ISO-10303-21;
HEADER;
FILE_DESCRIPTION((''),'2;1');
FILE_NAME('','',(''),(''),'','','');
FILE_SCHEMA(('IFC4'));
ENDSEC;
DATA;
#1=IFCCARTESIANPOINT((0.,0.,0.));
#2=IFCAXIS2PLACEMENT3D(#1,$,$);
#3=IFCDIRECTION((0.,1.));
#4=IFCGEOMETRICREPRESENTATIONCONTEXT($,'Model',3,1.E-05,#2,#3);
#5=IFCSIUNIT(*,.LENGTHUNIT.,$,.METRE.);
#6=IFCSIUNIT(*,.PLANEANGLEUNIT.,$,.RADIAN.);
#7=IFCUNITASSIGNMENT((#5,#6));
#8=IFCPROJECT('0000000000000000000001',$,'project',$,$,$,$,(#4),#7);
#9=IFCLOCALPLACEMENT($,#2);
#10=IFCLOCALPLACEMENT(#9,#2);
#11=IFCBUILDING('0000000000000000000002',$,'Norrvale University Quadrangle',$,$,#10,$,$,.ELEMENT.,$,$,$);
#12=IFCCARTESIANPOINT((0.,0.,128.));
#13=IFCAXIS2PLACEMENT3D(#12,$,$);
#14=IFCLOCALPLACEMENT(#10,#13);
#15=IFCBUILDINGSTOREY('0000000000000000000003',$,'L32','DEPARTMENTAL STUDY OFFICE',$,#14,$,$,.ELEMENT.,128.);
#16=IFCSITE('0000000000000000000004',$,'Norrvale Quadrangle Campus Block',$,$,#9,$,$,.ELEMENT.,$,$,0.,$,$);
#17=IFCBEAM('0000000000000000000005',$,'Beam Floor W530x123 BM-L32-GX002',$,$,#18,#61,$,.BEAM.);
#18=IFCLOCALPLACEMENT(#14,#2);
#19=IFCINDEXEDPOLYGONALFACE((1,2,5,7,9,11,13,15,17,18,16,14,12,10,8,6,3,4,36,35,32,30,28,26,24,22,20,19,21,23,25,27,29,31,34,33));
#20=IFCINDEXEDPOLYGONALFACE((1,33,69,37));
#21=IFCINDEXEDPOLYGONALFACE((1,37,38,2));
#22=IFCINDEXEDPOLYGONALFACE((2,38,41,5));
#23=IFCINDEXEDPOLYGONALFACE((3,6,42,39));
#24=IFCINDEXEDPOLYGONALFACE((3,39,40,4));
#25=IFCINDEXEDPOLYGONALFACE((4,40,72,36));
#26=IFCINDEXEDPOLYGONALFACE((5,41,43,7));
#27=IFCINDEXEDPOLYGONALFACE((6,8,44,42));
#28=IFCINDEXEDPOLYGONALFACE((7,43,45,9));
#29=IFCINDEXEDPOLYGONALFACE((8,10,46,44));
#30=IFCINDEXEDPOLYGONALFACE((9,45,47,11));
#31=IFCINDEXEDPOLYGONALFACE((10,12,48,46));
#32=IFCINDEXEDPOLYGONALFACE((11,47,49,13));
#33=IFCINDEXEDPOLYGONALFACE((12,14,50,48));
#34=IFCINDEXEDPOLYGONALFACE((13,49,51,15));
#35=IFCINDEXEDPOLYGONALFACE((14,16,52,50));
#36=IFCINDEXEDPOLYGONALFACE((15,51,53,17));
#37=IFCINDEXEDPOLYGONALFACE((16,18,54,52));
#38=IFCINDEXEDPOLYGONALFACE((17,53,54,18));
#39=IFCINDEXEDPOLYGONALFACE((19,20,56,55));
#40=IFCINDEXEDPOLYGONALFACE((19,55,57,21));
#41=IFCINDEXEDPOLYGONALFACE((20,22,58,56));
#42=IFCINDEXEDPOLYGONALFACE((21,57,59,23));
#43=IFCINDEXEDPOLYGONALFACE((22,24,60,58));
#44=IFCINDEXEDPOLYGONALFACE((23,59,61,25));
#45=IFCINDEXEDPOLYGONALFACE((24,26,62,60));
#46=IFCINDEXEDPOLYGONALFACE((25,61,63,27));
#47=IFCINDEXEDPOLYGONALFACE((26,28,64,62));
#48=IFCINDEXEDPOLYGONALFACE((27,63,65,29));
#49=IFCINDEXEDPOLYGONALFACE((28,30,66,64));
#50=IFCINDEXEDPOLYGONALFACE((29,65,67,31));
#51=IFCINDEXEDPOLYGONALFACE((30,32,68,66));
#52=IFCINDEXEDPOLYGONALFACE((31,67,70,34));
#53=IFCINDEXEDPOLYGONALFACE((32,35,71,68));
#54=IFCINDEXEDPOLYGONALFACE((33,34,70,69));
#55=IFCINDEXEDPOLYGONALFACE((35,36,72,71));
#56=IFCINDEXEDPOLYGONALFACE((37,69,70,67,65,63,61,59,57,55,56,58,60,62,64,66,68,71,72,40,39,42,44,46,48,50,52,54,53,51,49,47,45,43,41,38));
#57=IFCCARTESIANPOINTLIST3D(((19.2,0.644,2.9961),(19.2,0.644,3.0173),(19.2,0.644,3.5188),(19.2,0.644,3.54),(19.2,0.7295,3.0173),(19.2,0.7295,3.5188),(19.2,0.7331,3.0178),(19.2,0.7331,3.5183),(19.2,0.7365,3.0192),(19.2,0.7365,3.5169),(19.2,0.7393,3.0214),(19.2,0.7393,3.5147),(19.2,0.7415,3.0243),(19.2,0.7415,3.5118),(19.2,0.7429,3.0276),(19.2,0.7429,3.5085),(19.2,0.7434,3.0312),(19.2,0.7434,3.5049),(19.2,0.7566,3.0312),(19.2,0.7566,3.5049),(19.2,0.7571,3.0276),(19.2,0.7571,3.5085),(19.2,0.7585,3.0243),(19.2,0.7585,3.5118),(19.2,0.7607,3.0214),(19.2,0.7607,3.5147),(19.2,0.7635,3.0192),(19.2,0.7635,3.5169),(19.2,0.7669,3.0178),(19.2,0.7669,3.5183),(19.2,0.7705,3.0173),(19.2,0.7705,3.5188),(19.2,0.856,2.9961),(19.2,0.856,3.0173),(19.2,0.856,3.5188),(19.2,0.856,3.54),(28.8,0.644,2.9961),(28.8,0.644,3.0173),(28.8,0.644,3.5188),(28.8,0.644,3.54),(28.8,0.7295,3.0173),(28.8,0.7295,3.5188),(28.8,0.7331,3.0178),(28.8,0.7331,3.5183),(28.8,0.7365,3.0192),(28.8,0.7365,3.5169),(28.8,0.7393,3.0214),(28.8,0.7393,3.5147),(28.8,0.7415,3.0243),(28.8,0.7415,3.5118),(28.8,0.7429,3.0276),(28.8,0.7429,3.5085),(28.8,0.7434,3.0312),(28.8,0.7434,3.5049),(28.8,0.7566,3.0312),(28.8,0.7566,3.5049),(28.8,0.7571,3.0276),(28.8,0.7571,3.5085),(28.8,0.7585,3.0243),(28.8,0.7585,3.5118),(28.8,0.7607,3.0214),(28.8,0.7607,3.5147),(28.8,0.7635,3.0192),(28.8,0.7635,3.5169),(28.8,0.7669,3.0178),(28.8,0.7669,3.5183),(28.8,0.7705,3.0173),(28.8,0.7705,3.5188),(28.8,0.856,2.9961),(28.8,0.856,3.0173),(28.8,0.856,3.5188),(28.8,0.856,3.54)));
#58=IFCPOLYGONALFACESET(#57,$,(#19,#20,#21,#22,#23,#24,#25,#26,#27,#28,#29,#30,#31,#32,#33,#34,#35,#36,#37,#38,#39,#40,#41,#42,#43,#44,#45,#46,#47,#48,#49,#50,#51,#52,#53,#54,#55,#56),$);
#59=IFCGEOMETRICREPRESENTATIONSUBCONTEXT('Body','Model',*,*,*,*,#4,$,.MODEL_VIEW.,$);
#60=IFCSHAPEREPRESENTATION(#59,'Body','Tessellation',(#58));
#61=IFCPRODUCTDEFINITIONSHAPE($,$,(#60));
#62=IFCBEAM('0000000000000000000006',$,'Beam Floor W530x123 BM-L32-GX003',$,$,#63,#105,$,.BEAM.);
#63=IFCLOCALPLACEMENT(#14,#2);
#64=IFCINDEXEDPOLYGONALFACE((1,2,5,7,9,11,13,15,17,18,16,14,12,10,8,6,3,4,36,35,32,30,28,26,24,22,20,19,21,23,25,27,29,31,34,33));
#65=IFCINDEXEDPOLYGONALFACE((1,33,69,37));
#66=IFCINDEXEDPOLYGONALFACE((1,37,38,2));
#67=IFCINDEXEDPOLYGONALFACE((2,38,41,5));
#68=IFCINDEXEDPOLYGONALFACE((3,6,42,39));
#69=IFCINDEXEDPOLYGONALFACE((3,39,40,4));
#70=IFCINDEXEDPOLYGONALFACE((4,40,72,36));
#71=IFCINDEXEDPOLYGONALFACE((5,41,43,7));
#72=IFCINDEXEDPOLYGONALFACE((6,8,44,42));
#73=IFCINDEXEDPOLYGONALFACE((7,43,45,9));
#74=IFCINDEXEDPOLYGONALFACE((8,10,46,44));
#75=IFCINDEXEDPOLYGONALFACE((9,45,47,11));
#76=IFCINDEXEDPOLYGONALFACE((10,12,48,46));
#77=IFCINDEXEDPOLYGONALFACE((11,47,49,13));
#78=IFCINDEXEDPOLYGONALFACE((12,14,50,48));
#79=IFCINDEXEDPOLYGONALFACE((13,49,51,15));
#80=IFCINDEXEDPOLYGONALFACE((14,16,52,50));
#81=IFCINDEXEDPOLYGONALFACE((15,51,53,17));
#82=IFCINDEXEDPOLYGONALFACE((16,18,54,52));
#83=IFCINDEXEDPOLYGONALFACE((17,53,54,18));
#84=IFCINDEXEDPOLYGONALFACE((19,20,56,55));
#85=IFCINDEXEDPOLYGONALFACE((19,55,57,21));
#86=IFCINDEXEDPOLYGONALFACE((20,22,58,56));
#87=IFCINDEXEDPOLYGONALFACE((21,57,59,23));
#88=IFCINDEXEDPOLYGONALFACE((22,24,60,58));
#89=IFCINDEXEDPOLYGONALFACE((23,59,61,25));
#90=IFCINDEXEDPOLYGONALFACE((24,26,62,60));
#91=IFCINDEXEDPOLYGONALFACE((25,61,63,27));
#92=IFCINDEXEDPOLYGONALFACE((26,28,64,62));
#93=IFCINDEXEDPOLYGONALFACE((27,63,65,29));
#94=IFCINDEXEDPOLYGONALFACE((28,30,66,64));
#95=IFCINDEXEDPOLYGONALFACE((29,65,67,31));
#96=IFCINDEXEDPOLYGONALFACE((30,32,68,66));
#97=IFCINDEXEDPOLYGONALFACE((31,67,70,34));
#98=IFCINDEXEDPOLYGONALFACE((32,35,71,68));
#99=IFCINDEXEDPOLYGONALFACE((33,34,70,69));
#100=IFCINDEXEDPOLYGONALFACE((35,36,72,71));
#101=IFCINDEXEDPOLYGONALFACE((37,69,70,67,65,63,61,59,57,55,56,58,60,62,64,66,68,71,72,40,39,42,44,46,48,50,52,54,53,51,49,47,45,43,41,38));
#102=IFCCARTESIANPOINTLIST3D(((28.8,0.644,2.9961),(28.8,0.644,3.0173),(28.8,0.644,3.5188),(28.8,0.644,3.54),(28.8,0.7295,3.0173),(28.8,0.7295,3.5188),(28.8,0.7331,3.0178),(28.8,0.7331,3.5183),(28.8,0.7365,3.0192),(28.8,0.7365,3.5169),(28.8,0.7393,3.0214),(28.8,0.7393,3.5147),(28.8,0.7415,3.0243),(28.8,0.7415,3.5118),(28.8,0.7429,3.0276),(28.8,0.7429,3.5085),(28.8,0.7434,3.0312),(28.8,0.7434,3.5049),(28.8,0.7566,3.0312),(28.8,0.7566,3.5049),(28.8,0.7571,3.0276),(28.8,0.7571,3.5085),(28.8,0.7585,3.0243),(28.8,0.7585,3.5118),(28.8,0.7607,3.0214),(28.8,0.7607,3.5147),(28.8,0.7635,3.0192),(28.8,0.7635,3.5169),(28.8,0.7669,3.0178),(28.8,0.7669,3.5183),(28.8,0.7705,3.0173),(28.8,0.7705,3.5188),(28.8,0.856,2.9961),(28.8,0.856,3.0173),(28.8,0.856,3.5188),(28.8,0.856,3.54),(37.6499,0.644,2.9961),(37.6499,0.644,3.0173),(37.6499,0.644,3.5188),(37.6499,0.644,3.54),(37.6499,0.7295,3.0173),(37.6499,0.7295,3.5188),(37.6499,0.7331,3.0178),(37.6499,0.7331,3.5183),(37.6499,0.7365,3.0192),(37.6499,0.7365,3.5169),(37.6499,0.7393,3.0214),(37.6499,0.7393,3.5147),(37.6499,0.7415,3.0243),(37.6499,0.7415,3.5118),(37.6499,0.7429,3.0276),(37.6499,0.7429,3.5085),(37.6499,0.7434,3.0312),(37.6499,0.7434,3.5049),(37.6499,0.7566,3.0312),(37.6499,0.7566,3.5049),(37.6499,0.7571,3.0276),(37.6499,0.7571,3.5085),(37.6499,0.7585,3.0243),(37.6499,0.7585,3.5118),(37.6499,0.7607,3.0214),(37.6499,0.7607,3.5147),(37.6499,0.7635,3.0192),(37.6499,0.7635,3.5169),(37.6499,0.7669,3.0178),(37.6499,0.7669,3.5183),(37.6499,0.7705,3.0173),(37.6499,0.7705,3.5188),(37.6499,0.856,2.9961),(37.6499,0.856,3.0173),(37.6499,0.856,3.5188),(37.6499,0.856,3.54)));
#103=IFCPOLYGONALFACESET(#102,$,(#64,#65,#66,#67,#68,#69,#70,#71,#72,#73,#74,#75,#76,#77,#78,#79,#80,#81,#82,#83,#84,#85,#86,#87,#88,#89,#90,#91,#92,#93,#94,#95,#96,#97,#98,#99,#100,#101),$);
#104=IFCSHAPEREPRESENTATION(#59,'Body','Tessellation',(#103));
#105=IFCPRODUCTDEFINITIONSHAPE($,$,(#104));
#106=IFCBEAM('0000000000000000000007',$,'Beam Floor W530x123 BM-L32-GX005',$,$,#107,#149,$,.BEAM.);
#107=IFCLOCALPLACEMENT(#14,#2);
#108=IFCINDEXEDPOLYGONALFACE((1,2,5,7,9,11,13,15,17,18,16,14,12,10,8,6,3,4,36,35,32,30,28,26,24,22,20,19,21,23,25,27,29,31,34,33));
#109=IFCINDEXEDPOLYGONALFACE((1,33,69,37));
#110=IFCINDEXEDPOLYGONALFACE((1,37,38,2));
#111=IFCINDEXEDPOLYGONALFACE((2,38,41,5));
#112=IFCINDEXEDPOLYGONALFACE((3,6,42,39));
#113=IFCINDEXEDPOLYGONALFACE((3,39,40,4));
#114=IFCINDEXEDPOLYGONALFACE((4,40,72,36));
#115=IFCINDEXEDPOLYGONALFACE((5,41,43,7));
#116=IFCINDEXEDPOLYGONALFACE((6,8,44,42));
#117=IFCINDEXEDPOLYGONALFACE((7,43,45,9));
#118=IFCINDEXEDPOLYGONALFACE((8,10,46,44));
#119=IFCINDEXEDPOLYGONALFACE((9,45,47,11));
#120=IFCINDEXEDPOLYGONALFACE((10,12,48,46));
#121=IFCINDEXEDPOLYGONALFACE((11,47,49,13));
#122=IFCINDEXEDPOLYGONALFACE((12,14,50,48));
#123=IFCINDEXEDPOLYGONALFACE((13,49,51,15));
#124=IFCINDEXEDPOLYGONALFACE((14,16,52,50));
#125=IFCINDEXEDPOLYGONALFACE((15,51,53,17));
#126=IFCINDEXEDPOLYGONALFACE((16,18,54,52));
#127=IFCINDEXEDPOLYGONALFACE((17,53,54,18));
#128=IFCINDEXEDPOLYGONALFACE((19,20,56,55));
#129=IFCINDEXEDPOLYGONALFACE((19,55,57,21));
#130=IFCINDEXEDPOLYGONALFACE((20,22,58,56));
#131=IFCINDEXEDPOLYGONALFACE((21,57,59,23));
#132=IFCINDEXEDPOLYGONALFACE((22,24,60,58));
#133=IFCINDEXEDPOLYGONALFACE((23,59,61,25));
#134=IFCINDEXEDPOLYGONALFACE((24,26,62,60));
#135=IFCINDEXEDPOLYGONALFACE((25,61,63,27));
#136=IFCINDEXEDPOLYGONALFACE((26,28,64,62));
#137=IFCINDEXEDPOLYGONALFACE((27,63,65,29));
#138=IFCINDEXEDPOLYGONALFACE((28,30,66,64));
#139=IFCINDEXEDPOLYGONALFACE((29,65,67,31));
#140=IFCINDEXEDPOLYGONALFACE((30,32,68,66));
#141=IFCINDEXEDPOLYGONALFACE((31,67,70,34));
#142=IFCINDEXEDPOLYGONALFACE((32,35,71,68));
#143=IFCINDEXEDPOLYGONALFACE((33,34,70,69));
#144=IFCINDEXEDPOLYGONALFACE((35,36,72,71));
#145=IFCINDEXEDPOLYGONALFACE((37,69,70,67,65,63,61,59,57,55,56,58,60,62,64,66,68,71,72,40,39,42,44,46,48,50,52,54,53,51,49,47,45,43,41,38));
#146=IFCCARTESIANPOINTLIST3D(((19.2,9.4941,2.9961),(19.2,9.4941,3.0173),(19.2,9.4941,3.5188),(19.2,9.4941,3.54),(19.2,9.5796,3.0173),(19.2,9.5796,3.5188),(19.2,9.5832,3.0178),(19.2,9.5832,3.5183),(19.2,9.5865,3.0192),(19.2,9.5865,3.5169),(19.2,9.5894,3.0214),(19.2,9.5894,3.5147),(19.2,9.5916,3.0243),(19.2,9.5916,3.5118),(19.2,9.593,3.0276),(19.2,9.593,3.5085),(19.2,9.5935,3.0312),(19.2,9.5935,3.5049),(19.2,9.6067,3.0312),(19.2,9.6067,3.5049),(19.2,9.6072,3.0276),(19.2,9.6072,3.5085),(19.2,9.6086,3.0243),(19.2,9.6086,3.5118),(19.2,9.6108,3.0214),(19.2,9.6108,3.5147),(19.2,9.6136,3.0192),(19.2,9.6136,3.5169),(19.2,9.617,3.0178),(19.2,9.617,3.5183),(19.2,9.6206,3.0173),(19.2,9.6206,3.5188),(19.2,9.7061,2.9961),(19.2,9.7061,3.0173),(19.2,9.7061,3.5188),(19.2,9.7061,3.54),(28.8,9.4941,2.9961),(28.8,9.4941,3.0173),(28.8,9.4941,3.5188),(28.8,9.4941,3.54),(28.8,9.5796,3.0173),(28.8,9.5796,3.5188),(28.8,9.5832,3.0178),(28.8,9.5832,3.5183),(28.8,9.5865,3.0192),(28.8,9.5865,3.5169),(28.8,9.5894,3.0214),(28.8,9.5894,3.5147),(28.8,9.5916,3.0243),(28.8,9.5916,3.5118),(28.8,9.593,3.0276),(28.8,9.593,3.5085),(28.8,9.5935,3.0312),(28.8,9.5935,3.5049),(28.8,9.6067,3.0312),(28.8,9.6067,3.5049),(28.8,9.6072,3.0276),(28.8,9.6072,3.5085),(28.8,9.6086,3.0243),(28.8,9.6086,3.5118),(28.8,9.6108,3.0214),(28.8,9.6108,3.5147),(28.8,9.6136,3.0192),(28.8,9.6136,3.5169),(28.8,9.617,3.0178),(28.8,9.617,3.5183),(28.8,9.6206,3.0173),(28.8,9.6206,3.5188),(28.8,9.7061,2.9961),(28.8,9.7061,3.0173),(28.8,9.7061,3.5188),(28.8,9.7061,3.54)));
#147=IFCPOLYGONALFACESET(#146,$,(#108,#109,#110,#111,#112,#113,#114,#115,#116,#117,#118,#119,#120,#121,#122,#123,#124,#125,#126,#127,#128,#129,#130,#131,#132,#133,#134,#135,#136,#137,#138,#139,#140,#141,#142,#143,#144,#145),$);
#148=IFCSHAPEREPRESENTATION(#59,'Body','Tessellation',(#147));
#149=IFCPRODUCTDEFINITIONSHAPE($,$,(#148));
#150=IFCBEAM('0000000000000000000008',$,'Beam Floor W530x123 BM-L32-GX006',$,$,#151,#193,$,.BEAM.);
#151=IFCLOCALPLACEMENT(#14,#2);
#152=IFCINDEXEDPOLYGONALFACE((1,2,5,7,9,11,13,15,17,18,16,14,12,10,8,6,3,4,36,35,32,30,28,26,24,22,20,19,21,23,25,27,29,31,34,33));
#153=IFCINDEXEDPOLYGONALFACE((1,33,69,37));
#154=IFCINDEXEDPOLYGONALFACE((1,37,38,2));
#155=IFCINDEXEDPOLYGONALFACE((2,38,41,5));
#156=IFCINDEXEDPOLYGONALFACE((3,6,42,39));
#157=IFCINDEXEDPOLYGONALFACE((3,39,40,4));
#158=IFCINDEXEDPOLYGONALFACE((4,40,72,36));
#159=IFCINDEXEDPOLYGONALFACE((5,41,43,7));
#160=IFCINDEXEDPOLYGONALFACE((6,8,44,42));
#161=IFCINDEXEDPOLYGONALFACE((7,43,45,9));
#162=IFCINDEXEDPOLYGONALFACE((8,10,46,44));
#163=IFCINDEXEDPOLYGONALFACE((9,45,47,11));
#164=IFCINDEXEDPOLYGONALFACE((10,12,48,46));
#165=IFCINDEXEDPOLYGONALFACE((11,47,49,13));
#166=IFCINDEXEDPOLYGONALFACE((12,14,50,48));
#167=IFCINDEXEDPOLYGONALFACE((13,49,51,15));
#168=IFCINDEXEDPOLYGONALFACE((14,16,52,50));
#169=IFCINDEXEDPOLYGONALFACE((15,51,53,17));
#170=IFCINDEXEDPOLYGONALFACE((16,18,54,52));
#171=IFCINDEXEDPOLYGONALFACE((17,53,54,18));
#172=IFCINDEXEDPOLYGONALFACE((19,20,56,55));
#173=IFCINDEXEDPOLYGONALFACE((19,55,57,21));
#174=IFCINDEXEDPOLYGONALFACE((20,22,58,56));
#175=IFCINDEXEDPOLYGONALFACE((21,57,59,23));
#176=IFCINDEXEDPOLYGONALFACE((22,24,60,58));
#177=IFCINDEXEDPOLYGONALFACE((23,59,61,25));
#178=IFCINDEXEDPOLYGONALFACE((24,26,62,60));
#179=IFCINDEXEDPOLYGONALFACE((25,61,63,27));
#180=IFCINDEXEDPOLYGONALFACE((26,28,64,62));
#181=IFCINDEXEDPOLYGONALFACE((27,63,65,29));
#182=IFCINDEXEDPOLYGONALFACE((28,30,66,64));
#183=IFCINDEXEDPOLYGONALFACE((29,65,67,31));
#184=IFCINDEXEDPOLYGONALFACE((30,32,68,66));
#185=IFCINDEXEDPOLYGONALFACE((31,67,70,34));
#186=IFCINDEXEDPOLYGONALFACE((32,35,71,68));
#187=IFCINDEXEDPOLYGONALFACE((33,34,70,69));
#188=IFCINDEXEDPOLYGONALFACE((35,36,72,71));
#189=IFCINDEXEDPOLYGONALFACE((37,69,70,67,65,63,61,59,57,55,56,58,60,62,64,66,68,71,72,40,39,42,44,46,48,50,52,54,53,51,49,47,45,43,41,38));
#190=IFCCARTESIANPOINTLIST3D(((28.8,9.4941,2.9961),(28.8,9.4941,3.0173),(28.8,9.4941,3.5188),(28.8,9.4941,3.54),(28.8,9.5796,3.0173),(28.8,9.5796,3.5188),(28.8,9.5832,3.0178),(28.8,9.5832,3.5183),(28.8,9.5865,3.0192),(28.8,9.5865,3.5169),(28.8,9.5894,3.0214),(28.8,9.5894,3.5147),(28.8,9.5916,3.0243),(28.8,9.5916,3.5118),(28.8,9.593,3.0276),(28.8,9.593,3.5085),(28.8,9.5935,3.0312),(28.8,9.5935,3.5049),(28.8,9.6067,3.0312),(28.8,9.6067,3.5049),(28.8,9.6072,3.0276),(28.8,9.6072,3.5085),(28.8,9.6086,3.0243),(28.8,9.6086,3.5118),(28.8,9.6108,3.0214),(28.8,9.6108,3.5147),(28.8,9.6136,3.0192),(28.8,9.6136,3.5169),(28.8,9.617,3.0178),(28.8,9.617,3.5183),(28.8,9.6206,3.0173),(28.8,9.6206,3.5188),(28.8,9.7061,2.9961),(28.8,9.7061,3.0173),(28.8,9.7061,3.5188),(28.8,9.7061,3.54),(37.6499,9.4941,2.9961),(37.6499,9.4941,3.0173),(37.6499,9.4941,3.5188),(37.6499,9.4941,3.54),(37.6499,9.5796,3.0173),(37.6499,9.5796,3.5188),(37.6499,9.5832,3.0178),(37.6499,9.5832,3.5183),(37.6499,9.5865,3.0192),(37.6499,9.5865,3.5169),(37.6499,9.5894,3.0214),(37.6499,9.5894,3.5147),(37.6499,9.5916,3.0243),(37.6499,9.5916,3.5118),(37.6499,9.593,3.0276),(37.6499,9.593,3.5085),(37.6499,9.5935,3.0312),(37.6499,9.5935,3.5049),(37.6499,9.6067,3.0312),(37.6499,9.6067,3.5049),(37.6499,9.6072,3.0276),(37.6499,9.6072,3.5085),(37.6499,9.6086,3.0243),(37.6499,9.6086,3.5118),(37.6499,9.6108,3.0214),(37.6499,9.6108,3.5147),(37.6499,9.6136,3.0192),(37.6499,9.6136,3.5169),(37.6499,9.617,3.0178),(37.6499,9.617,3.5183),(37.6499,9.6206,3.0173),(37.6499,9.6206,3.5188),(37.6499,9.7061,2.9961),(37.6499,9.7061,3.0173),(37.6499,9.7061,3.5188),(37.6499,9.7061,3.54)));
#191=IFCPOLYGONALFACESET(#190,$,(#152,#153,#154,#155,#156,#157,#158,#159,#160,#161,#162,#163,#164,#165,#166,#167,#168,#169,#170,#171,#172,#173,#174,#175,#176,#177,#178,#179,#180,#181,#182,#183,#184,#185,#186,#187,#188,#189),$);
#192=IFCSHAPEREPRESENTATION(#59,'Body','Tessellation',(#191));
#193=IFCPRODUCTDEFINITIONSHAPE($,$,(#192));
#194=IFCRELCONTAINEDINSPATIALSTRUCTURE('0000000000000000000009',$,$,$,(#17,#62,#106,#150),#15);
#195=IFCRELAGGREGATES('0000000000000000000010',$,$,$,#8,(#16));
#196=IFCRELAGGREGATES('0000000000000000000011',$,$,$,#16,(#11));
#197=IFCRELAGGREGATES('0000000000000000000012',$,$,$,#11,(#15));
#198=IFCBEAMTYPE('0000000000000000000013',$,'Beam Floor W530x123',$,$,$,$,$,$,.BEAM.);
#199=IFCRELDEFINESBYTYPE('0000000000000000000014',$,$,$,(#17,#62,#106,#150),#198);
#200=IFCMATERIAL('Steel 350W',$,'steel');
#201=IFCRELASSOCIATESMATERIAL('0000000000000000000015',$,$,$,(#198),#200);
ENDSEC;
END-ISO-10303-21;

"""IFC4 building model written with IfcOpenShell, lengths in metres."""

from ifc_helpers import new_model, si_unit, direction, frame, origin, origin_2d, place, context, subcontext, project, spatial, i_section, extrude, material, material_profile, profile_set, type_object, element, save


model = new_model("IFC4")

# Units and contexts
model_context = context("Model", 3, precision=1e-05, world=origin(), true_north=direction((0.0, 1.0)))
body_context = subcontext(model_context, "Body", "Model", "MODEL_VIEW")
ifc_project = project(units=[si_unit("LENGTHUNIT", "METRE"), si_unit("PLANEANGLEUNIT", "RADIAN")], contexts=[model_context])

# Site, building, storey
site_placement = place(None, origin())
site = spatial("IfcSite", under=ifc_project, at=site_placement, Name="Norrvale Quadrangle Campus Block", CompositionType="ELEMENT", RefElevation=0.0)
building_placement = place(site_placement, origin())
building = spatial("IfcBuilding", under=site, at=building_placement, Name="Norrvale University Quadrangle", CompositionType="ELEMENT")
storey_placement = place(building_placement, frame((0.0, 0.0, 128.0)))
storey = spatial("IfcBuildingStorey", under=building, at=storey_placement, Name="L32", Description="DEPARTMENTAL STUDY OFFICE", CompositionType="ELEMENT", Elevation=128.0)

# Beams
ifc_material_1 = material(Name="Steel 350W", Category="steel")
ifc_material_profile_1 = material_profile(ifc_material_1, i_section(OverallWidth=0.2119, OverallDepth=0.5439, WebThickness=0.0132, FlangeThickness=0.0212, FilletRadius=0.0139, at=origin_2d()), Name="Steel 350W")
ifc_profile_set_1 = profile_set([ifc_material_profile_1], Name="Steel 350W")
beam_type_1 = type_object("IfcBeamType", Name="Beam Floor W530x123", PredefinedType="BEAM", material=ifc_profile_set_1)
beam_1_placement = place(storey_placement, frame((19.2, 0.75, 3.2681), z_axis=(1.0, 0.0, 0.0), x_axis=(0.0, 1.0, 0.0)))
element("IfcBeam", 1, at=beam_1_placement, inside=storey, type_object=beam_type_1, Name="Beam Floor W530x123 BM-L32-GX002", PredefinedType="BEAM", context=body_context, shape_type="SweptSolid", body=[
    extrude(i_section(OverallWidth=0.2119, OverallDepth=0.5439, WebThickness=0.0132, FlangeThickness=0.0212, FilletRadius=0.0139, at=origin_2d()), origin(), (0.0, 0.0, 1.0), 9.6001),
])
beam_2_placement = place(storey_placement, frame((28.8, 0.75, 3.2681), z_axis=(1.0, 0.0, 0.0), x_axis=(0.0, 1.0, 0.0)))
element("IfcBeam", 2, at=beam_2_placement, inside=storey, type_object=beam_type_1, Name="Beam Floor W530x123 BM-L32-GX003", PredefinedType="BEAM", context=body_context, shape_type="SweptSolid", body=[
    extrude(i_section(OverallWidth=0.2119, OverallDepth=0.5439, WebThickness=0.0132, FlangeThickness=0.0212, FilletRadius=0.0139, at=origin_2d()), origin(), (0.0, 0.0, 1.0), 8.8499),
])
beam_3_placement = place(storey_placement, frame((19.2, 9.6001, 3.2681), z_axis=(1.0, 0.0, 0.0), x_axis=(0.0, 1.0, 0.0)))
element("IfcBeam", 3, at=beam_3_placement, inside=storey, type_object=beam_type_1, Name="Beam Floor W530x123 BM-L32-GX005", PredefinedType="BEAM", context=body_context, shape_type="SweptSolid", body=[
    extrude(i_section(OverallWidth=0.2119, OverallDepth=0.5439, WebThickness=0.0132, FlangeThickness=0.0212, FilletRadius=0.0139, at=origin_2d()), origin(), (0.0, 0.0, 1.0), 9.6001),
])
beam_4_placement = place(storey_placement, frame((28.8, 9.6001, 3.2681), z_axis=(1.0, 0.0, 0.0), x_axis=(0.0, 1.0, 0.0)))
element("IfcBeam", 4, at=beam_4_placement, inside=storey, type_object=beam_type_1, Name="Beam Floor W530x123 BM-L32-GX006", PredefinedType="BEAM", context=body_context, shape_type="SweptSolid", body=[
    extrude(i_section(OverallWidth=0.2119, OverallDepth=0.5439, WebThickness=0.0132, FlangeThickness=0.0212, FilletRadius=0.0139, at=origin_2d()), origin(), (0.0, 0.0, 1.0), 8.8499),
])

save(model, "model.ifc")
